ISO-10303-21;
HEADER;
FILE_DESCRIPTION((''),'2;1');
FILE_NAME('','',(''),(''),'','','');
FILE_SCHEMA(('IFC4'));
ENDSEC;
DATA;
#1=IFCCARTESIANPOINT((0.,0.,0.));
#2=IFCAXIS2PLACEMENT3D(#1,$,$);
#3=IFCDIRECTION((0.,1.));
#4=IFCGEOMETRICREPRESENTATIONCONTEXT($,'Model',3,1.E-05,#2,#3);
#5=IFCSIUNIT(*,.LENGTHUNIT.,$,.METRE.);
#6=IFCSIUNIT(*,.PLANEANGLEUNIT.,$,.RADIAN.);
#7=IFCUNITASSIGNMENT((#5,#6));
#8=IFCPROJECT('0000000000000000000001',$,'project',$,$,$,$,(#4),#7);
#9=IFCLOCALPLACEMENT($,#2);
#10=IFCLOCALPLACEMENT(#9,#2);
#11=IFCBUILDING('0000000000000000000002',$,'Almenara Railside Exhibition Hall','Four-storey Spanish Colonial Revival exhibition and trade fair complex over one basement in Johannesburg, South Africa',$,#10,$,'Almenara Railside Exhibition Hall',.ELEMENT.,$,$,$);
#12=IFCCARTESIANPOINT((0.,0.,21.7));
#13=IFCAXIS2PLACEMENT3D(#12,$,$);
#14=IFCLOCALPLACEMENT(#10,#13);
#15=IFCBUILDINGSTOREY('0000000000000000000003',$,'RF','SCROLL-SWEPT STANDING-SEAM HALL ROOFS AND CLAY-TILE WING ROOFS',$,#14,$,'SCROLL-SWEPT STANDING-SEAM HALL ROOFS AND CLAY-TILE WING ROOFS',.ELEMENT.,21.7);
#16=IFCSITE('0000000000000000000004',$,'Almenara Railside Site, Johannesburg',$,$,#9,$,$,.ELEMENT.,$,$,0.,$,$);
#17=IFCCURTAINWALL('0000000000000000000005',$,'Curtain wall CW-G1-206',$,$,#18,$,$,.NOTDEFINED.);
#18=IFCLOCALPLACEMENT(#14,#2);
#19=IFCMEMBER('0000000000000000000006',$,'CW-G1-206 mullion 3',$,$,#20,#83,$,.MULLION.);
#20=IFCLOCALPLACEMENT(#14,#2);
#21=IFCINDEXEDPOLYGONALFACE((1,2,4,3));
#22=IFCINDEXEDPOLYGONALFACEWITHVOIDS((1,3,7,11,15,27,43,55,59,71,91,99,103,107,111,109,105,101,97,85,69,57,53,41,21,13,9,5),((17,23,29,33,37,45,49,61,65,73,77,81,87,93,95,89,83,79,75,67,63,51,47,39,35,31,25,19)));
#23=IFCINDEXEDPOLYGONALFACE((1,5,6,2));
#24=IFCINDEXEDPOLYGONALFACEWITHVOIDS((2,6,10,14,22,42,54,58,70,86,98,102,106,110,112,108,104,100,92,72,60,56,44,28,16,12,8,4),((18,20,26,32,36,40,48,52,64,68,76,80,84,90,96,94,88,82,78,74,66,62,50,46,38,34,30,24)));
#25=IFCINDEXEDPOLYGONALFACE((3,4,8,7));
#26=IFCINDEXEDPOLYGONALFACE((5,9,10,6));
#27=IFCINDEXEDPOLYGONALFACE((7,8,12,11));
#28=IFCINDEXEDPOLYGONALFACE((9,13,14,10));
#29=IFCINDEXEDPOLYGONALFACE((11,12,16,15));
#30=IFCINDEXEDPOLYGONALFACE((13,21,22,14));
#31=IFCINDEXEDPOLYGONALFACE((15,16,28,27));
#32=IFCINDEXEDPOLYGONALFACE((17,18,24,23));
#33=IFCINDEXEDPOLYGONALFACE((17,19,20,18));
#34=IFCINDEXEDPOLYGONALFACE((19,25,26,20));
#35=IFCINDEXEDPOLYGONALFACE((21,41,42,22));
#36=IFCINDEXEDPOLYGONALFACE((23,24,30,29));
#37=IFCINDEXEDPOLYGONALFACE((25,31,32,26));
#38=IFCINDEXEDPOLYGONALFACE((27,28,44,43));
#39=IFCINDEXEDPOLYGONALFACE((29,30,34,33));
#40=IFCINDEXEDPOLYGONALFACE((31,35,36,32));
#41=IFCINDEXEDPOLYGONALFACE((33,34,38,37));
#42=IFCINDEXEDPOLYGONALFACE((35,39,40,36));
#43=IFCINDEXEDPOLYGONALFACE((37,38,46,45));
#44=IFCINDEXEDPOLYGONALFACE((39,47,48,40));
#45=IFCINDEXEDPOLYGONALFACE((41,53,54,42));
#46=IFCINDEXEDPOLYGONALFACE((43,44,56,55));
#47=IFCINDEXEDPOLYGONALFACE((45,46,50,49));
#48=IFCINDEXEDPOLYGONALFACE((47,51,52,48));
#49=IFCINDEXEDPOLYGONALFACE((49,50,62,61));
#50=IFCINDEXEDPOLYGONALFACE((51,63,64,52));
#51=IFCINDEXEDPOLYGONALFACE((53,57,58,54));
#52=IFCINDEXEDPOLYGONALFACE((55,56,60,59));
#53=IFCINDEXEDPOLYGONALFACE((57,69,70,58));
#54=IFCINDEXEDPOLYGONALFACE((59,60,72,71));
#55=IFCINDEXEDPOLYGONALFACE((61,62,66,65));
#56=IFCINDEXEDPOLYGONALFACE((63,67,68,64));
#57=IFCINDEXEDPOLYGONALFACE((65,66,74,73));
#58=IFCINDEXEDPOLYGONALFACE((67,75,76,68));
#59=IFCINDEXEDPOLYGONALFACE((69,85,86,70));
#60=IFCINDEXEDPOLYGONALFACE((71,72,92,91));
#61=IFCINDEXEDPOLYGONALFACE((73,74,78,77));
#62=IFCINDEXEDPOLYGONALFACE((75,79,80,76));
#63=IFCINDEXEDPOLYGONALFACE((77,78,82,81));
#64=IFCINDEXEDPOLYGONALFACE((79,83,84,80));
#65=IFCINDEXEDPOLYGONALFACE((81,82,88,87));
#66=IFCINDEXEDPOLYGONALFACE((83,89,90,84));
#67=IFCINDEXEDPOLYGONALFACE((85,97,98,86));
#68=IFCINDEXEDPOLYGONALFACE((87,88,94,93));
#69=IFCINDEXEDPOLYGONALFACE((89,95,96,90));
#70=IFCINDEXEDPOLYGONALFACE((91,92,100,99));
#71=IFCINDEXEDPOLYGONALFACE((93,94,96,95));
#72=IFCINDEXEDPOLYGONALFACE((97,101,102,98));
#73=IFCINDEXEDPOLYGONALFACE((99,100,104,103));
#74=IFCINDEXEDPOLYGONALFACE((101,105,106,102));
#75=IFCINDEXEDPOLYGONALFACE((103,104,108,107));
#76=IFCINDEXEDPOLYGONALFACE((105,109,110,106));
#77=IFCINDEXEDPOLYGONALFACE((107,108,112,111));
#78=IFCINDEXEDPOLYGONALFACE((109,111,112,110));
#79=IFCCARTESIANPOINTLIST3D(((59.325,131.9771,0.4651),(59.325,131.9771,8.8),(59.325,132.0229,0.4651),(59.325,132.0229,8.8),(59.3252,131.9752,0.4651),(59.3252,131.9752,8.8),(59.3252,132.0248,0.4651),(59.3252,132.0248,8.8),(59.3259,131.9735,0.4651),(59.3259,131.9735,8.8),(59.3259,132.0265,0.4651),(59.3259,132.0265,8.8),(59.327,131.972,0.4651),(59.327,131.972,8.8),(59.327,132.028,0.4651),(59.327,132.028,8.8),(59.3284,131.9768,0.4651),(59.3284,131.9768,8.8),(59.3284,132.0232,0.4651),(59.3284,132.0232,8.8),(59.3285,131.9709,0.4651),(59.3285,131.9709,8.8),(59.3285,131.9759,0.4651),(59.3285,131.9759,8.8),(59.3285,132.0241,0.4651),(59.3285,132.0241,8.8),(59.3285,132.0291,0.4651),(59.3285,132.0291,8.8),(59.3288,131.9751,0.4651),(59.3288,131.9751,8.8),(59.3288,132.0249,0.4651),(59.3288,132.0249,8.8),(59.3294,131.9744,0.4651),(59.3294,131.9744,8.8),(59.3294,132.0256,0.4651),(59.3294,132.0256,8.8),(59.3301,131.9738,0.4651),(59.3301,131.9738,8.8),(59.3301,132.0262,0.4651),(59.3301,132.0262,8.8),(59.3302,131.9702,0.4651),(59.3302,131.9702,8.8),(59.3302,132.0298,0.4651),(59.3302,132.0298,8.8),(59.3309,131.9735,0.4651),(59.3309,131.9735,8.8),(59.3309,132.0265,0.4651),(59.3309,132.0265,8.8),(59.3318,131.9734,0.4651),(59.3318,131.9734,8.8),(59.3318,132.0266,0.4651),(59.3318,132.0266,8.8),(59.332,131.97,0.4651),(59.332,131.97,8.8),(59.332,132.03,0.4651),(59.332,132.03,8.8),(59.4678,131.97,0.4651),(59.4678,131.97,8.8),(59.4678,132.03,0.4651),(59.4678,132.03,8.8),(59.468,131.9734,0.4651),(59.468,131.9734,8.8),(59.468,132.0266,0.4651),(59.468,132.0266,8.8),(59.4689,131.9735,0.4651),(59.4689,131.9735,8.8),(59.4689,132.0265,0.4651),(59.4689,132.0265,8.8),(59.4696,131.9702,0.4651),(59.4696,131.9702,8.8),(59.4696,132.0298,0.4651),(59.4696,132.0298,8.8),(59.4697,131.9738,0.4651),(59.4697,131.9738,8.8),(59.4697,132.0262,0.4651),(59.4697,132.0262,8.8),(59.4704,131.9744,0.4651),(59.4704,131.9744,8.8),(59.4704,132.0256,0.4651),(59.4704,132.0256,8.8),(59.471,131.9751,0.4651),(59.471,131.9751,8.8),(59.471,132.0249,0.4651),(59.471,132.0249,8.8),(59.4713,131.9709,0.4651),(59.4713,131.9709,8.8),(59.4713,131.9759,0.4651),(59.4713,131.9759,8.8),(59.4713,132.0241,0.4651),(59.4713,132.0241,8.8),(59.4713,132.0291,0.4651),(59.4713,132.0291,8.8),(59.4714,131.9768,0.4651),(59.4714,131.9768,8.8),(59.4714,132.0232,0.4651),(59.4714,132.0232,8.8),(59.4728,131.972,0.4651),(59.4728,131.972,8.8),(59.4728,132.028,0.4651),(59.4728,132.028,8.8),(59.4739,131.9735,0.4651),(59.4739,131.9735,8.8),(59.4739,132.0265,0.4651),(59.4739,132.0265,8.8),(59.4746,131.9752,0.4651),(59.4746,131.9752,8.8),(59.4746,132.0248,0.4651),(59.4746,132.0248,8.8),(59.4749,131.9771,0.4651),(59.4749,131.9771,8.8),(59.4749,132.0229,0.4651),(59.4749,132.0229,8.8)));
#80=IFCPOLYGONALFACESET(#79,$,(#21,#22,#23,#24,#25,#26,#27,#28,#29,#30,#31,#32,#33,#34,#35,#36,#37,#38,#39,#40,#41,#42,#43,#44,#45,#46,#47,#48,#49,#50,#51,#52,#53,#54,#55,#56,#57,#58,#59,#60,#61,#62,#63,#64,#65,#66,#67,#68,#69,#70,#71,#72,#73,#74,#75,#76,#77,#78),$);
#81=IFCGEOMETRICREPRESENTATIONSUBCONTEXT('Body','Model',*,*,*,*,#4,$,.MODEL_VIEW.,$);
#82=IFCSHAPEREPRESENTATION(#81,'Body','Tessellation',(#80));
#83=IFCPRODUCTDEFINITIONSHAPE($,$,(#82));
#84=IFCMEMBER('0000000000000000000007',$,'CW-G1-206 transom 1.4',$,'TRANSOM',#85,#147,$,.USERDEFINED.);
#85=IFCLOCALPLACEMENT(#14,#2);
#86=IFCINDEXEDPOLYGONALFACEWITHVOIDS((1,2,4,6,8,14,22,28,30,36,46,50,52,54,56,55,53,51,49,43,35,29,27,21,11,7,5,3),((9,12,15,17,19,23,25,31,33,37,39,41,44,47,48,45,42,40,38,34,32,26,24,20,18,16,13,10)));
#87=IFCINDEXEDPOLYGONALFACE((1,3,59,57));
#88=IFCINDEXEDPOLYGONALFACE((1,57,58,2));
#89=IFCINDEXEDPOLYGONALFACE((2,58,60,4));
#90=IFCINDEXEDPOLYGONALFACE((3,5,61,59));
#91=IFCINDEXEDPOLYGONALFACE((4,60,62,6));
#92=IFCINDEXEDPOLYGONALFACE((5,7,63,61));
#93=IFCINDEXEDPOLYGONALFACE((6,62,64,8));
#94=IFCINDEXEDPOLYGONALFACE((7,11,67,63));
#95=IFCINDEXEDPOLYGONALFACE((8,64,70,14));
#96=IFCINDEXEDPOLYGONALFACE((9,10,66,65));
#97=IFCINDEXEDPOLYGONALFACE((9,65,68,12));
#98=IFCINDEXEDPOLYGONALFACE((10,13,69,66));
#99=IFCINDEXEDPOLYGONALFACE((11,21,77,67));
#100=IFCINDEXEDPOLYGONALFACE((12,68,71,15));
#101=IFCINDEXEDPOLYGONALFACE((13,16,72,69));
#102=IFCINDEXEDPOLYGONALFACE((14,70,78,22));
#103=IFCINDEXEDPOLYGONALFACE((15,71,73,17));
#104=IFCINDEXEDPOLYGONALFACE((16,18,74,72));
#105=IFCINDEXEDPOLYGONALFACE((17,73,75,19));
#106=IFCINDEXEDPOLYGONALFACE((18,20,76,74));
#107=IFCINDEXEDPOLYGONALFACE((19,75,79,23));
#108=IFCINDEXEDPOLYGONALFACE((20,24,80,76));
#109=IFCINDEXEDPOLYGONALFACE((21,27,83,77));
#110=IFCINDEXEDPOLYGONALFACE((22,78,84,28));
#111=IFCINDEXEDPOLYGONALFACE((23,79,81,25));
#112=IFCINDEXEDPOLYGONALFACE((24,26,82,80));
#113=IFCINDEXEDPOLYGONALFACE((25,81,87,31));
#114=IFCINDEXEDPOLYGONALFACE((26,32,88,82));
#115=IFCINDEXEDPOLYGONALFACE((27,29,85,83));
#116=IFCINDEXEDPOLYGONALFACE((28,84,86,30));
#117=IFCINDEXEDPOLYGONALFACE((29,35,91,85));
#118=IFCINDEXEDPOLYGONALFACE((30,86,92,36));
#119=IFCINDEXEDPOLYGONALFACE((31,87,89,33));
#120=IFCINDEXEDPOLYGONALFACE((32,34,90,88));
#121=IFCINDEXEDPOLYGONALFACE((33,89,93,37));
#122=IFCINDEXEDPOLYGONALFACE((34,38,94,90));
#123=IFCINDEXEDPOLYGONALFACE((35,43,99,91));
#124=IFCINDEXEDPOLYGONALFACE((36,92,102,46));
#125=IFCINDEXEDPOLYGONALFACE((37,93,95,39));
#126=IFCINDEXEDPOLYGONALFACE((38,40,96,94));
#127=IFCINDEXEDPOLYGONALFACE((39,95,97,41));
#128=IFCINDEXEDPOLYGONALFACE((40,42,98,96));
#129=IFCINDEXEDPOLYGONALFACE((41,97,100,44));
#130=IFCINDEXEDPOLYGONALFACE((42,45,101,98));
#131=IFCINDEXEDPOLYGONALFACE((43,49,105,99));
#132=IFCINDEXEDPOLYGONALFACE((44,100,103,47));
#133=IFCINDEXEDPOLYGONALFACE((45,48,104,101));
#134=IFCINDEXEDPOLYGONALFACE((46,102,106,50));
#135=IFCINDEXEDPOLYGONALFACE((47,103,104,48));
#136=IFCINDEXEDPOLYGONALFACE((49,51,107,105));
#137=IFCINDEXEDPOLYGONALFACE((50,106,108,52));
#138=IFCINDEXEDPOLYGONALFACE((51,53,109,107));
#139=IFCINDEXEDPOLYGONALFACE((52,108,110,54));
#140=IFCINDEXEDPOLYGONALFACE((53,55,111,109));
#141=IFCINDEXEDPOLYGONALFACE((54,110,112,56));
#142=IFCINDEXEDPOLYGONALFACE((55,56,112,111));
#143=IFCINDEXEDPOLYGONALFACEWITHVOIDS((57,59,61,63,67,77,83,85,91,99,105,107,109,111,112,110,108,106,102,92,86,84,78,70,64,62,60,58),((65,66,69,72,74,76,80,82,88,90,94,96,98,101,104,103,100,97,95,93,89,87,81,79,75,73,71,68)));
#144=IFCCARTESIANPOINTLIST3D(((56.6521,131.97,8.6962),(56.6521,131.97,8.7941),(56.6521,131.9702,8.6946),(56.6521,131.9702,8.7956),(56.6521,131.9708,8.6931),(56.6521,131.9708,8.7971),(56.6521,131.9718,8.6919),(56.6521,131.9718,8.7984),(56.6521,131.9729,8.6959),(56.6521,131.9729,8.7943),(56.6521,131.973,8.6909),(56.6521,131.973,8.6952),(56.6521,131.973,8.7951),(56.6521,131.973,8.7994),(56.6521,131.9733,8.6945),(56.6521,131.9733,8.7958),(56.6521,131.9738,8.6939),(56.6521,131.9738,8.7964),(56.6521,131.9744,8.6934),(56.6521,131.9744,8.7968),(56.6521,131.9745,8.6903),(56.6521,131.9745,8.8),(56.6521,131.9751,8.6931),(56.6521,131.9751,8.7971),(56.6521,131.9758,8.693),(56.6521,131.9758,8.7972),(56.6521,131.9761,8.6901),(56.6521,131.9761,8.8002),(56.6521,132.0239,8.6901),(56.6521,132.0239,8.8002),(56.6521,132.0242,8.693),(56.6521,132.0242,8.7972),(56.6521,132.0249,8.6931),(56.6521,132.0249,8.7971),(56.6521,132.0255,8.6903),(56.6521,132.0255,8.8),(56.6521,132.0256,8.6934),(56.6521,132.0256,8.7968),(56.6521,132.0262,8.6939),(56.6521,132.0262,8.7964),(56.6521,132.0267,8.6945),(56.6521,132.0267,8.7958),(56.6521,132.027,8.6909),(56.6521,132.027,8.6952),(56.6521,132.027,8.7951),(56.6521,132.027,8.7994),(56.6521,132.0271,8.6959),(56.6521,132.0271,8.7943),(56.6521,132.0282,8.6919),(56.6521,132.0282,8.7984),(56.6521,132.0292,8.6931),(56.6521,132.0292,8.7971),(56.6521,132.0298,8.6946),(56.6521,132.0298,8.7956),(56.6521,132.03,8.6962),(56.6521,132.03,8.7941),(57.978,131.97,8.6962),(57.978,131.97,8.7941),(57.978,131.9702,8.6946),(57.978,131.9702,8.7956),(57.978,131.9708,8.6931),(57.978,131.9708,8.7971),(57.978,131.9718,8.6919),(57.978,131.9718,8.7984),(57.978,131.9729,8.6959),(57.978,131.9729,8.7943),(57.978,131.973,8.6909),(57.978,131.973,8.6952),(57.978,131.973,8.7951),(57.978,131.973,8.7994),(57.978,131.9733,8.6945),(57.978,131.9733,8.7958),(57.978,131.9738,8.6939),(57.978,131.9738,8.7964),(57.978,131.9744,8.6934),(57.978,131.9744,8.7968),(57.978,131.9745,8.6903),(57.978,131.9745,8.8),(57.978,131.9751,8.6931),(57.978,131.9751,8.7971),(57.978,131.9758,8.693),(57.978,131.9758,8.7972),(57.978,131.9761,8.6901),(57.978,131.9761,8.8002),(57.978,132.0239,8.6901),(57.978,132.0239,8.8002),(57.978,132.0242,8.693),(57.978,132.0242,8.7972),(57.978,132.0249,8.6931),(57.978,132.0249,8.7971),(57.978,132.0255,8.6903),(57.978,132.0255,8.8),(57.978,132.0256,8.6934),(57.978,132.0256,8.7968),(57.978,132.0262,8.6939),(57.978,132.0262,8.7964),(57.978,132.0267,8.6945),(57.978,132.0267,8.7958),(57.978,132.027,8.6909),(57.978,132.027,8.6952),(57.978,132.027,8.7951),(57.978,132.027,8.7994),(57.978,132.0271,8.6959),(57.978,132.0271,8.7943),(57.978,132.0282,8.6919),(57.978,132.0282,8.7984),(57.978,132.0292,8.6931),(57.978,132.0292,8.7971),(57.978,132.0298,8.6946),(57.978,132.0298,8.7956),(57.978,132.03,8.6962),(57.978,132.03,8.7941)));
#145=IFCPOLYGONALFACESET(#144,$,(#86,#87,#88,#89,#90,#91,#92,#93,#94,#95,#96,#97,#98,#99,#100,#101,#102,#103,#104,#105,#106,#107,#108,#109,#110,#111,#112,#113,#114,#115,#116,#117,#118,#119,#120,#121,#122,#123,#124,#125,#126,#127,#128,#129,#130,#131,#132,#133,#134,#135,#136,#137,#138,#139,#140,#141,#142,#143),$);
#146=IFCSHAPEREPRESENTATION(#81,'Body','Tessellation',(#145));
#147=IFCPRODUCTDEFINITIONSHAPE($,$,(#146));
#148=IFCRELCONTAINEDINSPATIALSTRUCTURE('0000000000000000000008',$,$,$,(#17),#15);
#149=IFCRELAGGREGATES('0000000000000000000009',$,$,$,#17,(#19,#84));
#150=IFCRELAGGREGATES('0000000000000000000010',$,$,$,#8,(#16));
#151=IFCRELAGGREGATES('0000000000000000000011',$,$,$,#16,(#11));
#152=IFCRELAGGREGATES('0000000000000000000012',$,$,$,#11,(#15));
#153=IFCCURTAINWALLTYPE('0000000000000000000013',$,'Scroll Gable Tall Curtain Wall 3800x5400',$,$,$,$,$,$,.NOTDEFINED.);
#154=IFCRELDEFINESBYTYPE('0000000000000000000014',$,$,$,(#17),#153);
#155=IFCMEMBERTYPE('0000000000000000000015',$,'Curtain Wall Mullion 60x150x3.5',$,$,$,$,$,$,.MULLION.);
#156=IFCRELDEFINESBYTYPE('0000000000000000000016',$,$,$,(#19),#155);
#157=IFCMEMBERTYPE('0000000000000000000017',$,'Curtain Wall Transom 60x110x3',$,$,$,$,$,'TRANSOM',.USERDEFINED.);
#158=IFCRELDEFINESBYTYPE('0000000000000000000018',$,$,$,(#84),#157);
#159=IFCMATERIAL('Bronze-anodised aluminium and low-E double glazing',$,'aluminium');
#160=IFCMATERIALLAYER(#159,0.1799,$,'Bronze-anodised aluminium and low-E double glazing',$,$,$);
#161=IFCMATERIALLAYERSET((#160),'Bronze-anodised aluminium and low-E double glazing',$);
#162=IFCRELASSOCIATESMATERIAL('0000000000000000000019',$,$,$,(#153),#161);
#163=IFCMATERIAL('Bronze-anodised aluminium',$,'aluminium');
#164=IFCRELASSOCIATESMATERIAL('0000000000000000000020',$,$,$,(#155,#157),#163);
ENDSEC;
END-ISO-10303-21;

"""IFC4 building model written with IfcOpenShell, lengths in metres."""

from ifc_helpers import new_model, si_unit, direction, frame, origin, origin_2d, place, context, subcontext, project, spatial, hollow_rectangle, extrude, material, layer, layer_set, material_profile, profile_set, type_object, element, aggregate, save


model = new_model("IFC4")

# Units and contexts
model_context = context("Model", 3, precision=1e-05, world=origin(), true_north=direction((0.0, 1.0)))
body_context = subcontext(model_context, "Body", "Model", "MODEL_VIEW")
ifc_project = project(units=[si_unit("LENGTHUNIT", "METRE"), si_unit("PLANEANGLEUNIT", "RADIAN")], contexts=[model_context])

# Site, building, storey
site_placement = place(None, origin())
site = spatial("IfcSite", under=ifc_project, at=site_placement, Name="Almenara Railside Site, Johannesburg", CompositionType="ELEMENT", RefElevation=0.0)
building_placement = place(site_placement, origin())
building = spatial("IfcBuilding", under=site, at=building_placement, Name="Almenara Railside Exhibition Hall", Description="Four-storey Spanish Colonial Revival exhibition and trade fair complex over one basement in Johannesburg, South Africa", LongName="Almenara Railside Exhibition Hall", CompositionType="ELEMENT")
storey_placement = place(building_placement, frame((0.0, 0.0, 21.7)))
storey = spatial("IfcBuildingStorey", under=building, at=storey_placement, Name="RF", Description="SCROLL-SWEPT STANDING-SEAM HALL ROOFS AND CLAY-TILE WING ROOFS", LongName="SCROLL-SWEPT STANDING-SEAM HALL ROOFS AND CLAY-TILE WING ROOFS", CompositionType="ELEMENT", Elevation=21.7)

# Curtain wall, members
ifc_material_1 = material(Name="Bronze-anodised aluminium and low-E double glazing", Category="aluminium")
ifc_layer_1 = layer(ifc_material_1, 0.1799, Name="Bronze-anodised aluminium and low-E double glazing")
ifc_layer_set_1 = layer_set([ifc_layer_1], Name="Bronze-anodised aluminium and low-E double glazing")
curtain_wall_type = type_object("IfcCurtainWallType", Name="Scroll Gable Tall Curtain Wall 3800x5400", PredefinedType="NOTDEFINED", material=ifc_layer_set_1)
curtain_wall_placement = place(storey_placement, origin())
curtain_wall = element("IfcCurtainWall", 1, at=curtain_wall_placement, inside=storey, type_object=curtain_wall_type, Name="Curtain wall CW-G1-206", PredefinedType="NOTDEFINED")
ifc_material_2 = material(Name="Bronze-anodised aluminium", Category="aluminium")
ifc_material_profile_1 = material_profile(ifc_material_2, hollow_rectangle(XDim=0.0601, YDim=0.1499, WallThickness=0.0034, InnerFilletRadius=0.0034, OuterFilletRadius=0.0071, at=origin_2d()), Name="ALU-MUL 60x150x3.5")
ifc_profile_set_1 = profile_set([ifc_material_profile_1], Name="Bronze-anodised aluminium")
member_type_1 = type_object("IfcMemberType", Name="Curtain Wall Mullion 60x150x3.5", PredefinedType="MULLION", material=ifc_profile_set_1)
member_1_placement = place(storey_placement, frame((59.3999, 132.0, 0.4651), z_axis=(0.0, 0.0, 1.0), x_axis=(0.0, 1.0, 0.0)))
member_1 = element("IfcMember", 2, at=member_1_placement, type_object=member_type_1, Name="CW-G1-206 mullion 3", PredefinedType="MULLION", context=body_context, shape_type="SweptSolid", body=[
    extrude(hollow_rectangle(XDim=0.0601, YDim=0.1499, WallThickness=0.0034, InnerFilletRadius=0.0034, OuterFilletRadius=0.0071, at=origin_2d()), origin(), (0.0, 0.0, 1.0), 8.335),
])
ifc_material_profile_2 = material_profile(ifc_material_2, hollow_rectangle(XDim=0.0601, YDim=0.1101, WallThickness=0.0029, InnerFilletRadius=0.0029, OuterFilletRadius=0.0061, at=origin_2d()), Name="ALU-TRN 60x110x3")
ifc_profile_set_2 = profile_set([ifc_material_profile_2], Name="Bronze-anodised aluminium")
member_type_2 = type_object("IfcMemberType", Name="Curtain Wall Transom 60x110x3", ElementType="TRANSOM", PredefinedType="USERDEFINED", material=ifc_profile_set_2)
member_2_placement = place(storey_placement, frame((56.6521, 132.0, 8.7451), z_axis=(1.0, 0.0, 0.0), x_axis=(0.0, 1.0, 0.0)))
member_2 = element("IfcMember", 3, at=member_2_placement, type_object=member_type_2, Name="CW-G1-206 transom 1.4", ObjectType="TRANSOM", PredefinedType="USERDEFINED", context=body_context, shape_type="SweptSolid", body=[
    extrude(hollow_rectangle(XDim=0.0601, YDim=0.1101, WallThickness=0.0029, InnerFilletRadius=0.0029, OuterFilletRadius=0.0061, at=origin_2d()), origin(), (0.0, 0.0, 1.0), 1.3259),
])

aggregate(curtain_wall, [member_1, member_2])

save(model, "model.ifc")
